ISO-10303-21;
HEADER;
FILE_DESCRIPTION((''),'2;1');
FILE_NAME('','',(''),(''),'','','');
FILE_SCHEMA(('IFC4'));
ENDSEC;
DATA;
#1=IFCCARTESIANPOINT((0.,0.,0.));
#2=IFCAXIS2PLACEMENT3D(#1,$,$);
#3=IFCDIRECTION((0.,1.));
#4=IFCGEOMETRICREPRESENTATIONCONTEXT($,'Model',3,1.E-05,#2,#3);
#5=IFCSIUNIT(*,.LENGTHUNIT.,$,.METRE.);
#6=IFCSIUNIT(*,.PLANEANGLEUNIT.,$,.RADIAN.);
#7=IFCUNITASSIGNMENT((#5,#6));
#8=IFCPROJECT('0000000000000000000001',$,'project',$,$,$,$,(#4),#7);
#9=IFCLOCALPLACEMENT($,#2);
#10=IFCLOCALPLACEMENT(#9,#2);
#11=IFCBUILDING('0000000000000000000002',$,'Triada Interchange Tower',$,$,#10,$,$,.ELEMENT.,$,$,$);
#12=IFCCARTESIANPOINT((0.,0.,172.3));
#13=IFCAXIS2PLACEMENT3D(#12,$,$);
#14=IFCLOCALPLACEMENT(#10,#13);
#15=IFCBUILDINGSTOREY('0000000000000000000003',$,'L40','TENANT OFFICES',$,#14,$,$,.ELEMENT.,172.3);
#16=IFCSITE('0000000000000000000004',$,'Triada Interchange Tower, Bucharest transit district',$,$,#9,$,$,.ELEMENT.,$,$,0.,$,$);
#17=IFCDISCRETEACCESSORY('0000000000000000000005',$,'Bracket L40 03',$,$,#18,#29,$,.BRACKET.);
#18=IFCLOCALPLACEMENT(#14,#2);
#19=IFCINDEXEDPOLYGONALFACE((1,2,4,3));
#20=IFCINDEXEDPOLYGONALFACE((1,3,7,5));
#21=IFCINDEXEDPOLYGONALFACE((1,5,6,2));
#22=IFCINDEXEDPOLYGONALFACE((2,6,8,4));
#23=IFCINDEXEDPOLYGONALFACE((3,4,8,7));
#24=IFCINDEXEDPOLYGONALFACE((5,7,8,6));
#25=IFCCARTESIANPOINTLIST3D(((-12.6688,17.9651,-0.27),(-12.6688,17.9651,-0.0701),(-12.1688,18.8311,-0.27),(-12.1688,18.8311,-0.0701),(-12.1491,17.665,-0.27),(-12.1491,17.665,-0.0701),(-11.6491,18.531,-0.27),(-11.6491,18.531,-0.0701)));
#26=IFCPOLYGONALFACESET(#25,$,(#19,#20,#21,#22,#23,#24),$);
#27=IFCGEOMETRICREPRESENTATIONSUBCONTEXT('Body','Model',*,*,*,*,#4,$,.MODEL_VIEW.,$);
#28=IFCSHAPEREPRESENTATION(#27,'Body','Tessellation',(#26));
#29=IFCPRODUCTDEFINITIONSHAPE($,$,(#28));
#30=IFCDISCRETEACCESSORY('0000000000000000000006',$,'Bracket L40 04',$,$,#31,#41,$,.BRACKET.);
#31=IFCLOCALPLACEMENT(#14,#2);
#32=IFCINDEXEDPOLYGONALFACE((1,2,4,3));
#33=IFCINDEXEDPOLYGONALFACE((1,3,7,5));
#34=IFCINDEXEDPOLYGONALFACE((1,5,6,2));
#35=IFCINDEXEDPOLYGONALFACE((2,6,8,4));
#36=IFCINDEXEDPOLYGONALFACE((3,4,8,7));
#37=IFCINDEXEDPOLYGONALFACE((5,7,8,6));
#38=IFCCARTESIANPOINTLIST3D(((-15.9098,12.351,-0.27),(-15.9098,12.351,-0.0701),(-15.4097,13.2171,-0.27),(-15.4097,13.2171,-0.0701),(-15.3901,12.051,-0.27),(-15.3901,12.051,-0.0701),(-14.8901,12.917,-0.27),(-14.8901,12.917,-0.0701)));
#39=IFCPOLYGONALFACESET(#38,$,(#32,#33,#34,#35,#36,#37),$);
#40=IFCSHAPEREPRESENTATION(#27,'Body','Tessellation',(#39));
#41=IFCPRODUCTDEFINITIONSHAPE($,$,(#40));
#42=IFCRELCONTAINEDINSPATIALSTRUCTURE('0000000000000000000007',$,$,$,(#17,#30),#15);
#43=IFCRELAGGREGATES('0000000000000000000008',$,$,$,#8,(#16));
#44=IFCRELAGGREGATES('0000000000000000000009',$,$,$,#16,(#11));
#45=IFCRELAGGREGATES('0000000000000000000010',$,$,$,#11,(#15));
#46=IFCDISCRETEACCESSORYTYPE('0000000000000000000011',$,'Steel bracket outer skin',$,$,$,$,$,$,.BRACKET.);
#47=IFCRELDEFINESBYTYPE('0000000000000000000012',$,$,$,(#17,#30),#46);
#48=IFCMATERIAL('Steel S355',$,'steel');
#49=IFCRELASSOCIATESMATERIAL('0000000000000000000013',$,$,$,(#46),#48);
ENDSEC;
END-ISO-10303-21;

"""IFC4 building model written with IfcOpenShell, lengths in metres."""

from ifc_helpers import new_model, si_unit, direction, frame, origin, origin_2d, place, context, subcontext, project, spatial, rectangle, extrude, material, type_object, element, save


model = new_model("IFC4")

# Units and contexts
model_context = context("Model", 3, precision=1e-05, world=origin(), true_north=direction((0.0, 1.0)))
body_context = subcontext(model_context, "Body", "Model", "MODEL_VIEW")
ifc_project = project(units=[si_unit("LENGTHUNIT", "METRE"), si_unit("PLANEANGLEUNIT", "RADIAN")], contexts=[model_context])

# Site, building, storey
site_placement = place(None, origin())
site = spatial("IfcSite", under=ifc_project, at=site_placement, Name="Triada Interchange Tower, Bucharest transit district", CompositionType="ELEMENT", RefElevation=0.0)
building_placement = place(site_placement, origin())
building = spatial("IfcBuilding", under=site, at=building_placement, Name="Triada Interchange Tower", CompositionType="ELEMENT")
storey_placement = place(building_placement, frame((0.0, 0.0, 172.3)))
storey = spatial("IfcBuildingStorey", under=building, at=storey_placement, Name="L40", Description="TENANT OFFICES", CompositionType="ELEMENT", Elevation=172.3)

# Discrete accessories
ifc_material_1 = material(Name="Steel S355", Category="steel")
discrete_accessory_type = type_object("IfcDiscreteAccessoryType", Name="Steel bracket outer skin", PredefinedType="BRACKET", material=ifc_material_1)
for number, where, z_axis, x_axis, name in (
    (1, (-12.1589, 18.248, -0.27), (0.0, 0.0, 1.0), (-0.866023, 0.500005, 0.0), "Bracket L40 03"),
    (2, (-15.3999, 12.634, -0.27), (0.0, 0.0, 1.0), (-0.866023, 0.500005, 0.0), "Bracket L40 04"),
):
    element("IfcDiscreteAccessory", number, at=place(storey_placement, frame(where, z_axis=z_axis, x_axis=x_axis)), inside=storey, type_object=discrete_accessory_type, Name=name, PredefinedType="BRACKET", context=body_context, shape_type="SweptSolid", body=[
        extrude(rectangle(XDim=0.6001, YDim=1.0, at=origin_2d()), origin(), (0.0, 0.0, 1.0), 0.2),
    ])

save(model, "model.ifc")
